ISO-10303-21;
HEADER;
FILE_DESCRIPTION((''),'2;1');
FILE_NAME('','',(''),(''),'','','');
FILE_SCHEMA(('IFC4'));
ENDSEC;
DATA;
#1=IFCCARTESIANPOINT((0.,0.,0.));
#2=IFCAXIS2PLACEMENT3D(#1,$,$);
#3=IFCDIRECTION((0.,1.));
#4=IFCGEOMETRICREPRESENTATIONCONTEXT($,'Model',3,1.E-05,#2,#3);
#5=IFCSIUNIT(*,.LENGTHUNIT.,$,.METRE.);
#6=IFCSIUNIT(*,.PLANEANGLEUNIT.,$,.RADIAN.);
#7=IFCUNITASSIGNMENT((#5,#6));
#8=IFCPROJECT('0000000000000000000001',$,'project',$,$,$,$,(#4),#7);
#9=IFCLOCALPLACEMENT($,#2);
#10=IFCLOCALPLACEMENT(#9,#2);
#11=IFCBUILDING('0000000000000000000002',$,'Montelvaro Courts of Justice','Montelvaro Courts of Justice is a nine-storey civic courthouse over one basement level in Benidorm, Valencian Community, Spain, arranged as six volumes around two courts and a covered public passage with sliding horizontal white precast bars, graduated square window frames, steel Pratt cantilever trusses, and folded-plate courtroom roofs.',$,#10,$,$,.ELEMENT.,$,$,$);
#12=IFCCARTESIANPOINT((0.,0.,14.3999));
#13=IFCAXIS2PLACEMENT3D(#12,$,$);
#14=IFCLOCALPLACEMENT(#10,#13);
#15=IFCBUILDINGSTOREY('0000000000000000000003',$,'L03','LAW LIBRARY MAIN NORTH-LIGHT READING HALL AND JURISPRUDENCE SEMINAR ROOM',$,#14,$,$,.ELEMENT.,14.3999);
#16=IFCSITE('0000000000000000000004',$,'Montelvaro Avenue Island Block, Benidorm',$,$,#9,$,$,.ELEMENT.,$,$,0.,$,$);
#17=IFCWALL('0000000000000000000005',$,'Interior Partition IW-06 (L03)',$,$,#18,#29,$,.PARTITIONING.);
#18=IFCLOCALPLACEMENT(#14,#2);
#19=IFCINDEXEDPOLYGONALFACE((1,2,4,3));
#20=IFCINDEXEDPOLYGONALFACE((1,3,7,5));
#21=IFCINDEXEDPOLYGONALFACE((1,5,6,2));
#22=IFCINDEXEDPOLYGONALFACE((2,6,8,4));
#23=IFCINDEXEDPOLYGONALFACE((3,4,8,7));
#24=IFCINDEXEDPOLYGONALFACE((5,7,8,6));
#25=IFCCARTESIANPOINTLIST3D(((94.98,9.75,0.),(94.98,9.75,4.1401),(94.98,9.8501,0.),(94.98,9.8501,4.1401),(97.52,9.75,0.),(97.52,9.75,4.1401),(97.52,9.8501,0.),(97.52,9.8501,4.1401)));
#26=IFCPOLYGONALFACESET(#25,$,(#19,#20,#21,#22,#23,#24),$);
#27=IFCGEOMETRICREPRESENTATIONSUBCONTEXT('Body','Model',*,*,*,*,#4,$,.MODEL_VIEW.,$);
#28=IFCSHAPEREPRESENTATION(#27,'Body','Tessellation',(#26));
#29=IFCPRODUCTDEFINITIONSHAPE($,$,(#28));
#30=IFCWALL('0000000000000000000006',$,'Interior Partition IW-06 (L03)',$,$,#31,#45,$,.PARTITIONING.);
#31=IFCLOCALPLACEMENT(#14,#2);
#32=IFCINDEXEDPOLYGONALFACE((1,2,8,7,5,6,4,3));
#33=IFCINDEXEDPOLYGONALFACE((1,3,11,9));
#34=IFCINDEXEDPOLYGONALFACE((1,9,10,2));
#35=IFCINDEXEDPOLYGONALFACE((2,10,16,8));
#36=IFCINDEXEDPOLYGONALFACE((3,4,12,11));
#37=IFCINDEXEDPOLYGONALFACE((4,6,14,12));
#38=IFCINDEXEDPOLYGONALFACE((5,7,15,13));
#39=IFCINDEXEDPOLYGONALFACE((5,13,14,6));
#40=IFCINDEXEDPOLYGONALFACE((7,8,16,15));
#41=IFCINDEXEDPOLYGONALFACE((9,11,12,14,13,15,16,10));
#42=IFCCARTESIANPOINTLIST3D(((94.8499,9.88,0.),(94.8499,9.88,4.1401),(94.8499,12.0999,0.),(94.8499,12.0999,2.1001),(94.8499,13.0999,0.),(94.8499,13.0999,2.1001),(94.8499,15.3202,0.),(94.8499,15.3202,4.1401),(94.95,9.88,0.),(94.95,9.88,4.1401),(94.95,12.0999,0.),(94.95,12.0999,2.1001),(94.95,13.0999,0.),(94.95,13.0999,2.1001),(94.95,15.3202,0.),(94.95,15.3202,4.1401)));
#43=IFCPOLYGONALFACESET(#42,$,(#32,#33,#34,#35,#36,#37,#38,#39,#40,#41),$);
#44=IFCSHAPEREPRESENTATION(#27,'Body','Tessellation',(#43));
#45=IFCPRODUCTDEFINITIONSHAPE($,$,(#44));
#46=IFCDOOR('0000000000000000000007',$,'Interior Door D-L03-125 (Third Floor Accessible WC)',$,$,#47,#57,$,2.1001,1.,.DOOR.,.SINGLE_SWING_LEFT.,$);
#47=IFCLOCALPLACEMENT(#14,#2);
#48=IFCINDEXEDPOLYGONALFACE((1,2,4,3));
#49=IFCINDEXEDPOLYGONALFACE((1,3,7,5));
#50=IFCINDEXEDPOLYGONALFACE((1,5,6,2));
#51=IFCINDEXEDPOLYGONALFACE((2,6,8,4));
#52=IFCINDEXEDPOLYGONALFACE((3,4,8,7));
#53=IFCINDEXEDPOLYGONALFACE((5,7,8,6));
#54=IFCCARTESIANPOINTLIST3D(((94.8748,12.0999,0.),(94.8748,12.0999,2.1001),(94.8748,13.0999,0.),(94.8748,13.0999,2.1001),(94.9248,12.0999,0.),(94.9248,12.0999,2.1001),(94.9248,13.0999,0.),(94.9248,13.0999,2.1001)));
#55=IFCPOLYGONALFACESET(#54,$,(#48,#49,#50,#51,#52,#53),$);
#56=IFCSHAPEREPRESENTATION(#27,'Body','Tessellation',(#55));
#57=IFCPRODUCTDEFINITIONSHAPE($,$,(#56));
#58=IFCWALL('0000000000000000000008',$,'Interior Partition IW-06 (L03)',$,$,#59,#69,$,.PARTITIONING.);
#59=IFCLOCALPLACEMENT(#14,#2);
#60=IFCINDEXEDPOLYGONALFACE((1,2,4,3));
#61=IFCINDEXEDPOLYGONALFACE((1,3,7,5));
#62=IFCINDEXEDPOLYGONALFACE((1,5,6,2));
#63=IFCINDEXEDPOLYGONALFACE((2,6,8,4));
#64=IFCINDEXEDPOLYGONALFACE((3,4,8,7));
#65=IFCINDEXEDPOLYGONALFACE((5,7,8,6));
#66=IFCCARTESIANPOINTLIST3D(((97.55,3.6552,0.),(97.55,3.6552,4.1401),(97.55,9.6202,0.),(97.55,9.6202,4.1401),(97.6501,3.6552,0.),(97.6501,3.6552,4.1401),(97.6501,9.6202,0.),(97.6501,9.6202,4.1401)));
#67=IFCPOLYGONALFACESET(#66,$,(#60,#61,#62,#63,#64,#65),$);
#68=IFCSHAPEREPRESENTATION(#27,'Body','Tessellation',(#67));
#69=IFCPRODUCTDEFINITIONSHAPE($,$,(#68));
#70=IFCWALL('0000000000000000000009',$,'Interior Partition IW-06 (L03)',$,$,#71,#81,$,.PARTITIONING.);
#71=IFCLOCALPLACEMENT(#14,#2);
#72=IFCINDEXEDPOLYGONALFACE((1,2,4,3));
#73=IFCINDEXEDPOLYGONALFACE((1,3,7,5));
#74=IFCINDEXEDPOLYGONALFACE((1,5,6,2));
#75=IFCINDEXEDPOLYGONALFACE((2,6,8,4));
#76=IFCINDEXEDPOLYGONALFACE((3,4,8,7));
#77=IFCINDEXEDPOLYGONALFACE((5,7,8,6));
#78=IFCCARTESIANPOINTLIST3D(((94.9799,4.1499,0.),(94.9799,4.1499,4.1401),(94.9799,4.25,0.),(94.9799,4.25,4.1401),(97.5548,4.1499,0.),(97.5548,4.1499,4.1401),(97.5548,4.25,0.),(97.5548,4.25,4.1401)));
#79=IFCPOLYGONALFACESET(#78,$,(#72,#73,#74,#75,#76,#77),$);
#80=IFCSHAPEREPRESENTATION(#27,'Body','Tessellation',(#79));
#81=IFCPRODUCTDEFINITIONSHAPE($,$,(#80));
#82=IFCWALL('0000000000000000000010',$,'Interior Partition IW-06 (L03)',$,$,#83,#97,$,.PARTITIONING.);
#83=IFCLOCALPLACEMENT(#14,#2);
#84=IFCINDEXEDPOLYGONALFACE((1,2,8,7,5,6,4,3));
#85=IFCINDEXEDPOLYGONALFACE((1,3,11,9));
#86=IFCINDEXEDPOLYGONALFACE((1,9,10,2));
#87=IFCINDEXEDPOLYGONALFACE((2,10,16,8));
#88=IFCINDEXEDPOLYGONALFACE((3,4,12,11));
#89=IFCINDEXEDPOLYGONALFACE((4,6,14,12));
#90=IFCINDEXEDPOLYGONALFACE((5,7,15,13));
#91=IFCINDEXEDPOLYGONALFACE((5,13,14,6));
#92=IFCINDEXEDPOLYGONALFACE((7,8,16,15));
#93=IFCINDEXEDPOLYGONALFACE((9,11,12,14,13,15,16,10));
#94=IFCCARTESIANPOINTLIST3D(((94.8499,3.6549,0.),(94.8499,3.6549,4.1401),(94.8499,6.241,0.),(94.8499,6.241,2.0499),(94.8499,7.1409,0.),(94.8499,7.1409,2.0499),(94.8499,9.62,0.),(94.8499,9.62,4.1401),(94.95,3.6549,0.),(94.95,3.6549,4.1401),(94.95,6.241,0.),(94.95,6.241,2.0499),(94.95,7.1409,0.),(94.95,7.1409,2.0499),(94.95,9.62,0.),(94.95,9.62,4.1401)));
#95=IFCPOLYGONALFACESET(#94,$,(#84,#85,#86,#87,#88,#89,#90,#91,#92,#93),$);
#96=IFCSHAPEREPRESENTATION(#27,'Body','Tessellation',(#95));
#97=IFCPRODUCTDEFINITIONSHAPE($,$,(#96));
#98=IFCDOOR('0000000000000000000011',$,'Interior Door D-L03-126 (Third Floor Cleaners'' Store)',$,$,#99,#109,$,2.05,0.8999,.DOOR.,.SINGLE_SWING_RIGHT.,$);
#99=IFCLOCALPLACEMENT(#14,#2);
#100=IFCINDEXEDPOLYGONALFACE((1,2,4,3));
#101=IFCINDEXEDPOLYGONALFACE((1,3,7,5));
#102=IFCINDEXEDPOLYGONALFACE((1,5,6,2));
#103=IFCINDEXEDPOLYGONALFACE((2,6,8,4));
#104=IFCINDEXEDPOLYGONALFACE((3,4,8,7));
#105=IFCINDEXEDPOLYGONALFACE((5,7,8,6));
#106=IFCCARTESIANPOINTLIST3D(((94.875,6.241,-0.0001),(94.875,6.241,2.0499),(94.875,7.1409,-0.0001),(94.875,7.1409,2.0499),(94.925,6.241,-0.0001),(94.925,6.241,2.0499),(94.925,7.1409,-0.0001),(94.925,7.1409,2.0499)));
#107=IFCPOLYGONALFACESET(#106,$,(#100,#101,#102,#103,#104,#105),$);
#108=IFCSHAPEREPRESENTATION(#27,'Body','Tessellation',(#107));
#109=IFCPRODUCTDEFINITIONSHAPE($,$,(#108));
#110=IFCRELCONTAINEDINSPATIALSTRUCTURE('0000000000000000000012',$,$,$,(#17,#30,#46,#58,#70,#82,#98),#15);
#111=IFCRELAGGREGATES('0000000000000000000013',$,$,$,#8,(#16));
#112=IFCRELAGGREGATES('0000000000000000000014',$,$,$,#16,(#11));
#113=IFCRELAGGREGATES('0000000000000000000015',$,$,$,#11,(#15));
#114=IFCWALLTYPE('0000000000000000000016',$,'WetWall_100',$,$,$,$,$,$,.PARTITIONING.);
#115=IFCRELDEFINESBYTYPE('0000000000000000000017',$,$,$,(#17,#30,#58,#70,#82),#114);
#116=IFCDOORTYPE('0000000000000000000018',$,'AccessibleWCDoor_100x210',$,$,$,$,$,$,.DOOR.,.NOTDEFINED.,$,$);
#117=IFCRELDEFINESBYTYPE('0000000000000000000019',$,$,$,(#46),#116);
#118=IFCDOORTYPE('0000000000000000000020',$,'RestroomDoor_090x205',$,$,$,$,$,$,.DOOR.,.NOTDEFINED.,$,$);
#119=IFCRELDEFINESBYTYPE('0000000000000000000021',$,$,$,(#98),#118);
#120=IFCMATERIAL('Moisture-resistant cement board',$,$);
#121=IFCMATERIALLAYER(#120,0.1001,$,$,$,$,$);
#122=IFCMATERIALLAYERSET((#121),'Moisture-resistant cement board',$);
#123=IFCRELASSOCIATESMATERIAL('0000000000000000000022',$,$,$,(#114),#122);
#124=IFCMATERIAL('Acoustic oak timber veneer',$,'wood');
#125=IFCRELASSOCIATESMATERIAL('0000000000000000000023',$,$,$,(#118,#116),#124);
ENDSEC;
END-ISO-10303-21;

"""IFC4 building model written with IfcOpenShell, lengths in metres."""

from ifc_helpers import new_model, si_unit, direction, frame, frame_2d, origin, place, context, subcontext, project, spatial, rectangle, extrude, material, layer, layer_set, type_object, element, fill, save


model = new_model("IFC4")

# Units and contexts
model_context = context("Model", 3, precision=1e-05, world=origin(), true_north=direction((0.0, 1.0)))
body_context = subcontext(model_context, "Body", "Model", "MODEL_VIEW")
ifc_project = project(units=[si_unit("LENGTHUNIT", "METRE"), si_unit("PLANEANGLEUNIT", "RADIAN")], contexts=[model_context])

# Site, building, storey
site_placement = place(None, origin())
site = spatial("IfcSite", under=ifc_project, at=site_placement, Name="Montelvaro Avenue Island Block, Benidorm", CompositionType="ELEMENT", RefElevation=0.0)
building_placement = place(site_placement, origin())
building = spatial("IfcBuilding", under=site, at=building_placement, Name="Montelvaro Courts of Justice", Description="Montelvaro Courts of Justice is a nine-storey civic courthouse over one basement level in Benidorm, Valencian Community, Spain, arranged as six volumes around two courts and a covered public passage with sliding horizontal white precast bars, graduated square window frames, steel Pratt cantilever trusses, and folded-plate courtroom roofs.", CompositionType="ELEMENT")
storey_placement = place(building_placement, frame((0.0, 0.0, 14.3999)))
storey = spatial("IfcBuildingStorey", under=building, at=storey_placement, Name="L03", Description="LAW LIBRARY MAIN NORTH-LIGHT READING HALL AND JURISPRUDENCE SEMINAR ROOM", CompositionType="ELEMENT", Elevation=14.3999)

# Shared definitions
ifc_material_1 = material(Name="Moisture-resistant cement board")
ifc_layer_1 = layer(ifc_material_1, 0.1001)
ifc_layer_set_1 = layer_set([ifc_layer_1], Name="Moisture-resistant cement board")
wall_type = type_object("IfcWallType", Name="WetWall_100", PredefinedType="PARTITIONING", material=ifc_layer_set_1)

# Shared definitions
ifc_material_2 = material(Name="Acoustic oak timber veneer", Category="wood")
door_type_1 = type_object("IfcDoorType", Name="RestroomDoor_090x205", OperationType="NOTDEFINED", PredefinedType="DOOR", material=ifc_material_2)

# Wall
wall_1_placement = place(storey_placement, frame((97.52, 9.8, 0.0), z_axis=(0.0, 0.0, 1.0), x_axis=(-1.0, 0.0, 0.0)))
element("IfcWall", 1, at=wall_1_placement, inside=storey, type_object=wall_type, Name="Interior Partition IW-06 (L03)", PredefinedType="PARTITIONING", context=body_context, shape_type="SweptSolid", body=[
    extrude(rectangle(XDim=2.54, YDim=0.1001, at=frame_2d((1.27, 0.0))), origin(), (0.0, 0.0, 1.0), 4.1401),
])

# Wall, opening, door
wall_2_placement = place(storey_placement, frame((94.8999, 9.8799, 0.0), z_axis=(0.0, 0.0, 1.0), x_axis=(0.0, 1.0, 0.0)))
wall_2 = element("IfcWall", 2, at=wall_2_placement, inside=storey, type_object=wall_type, Name="Interior Partition IW-06 (L03)", PredefinedType="PARTITIONING", context=body_context, shape_type="SweptSolid", body=[
    extrude(rectangle(XDim=5.4402, YDim=0.1001, at=frame_2d((2.7202, 0.0))), origin(), (0.0, 0.0, 1.0), 4.1401),
])
opening_1_placement = place(wall_2_placement, frame((2.22, 0.0, 0.0)))
opening_1 = element("IfcOpeningElement", 3, at=opening_1_placement, cuts=wall_2, PredefinedType="OPENING", context=body_context, shape_type="SweptSolid", body=[
    extrude(rectangle(XDim=1.0, YDim=2.1001, at=frame_2d((0.5, 1.05))), frame((0.0, 0.0649, 0.0), z_axis=(0.0, -1.0, 0.0), x_axis=(1.0, 0.0, 0.0)), (0.0, 0.0, 1.0), 0.1299),
])
door_type_2 = type_object("IfcDoorType", Name="AccessibleWCDoor_100x210", OperationType="NOTDEFINED", PredefinedType="DOOR", material=ifc_material_2)
door_1_placement = place(opening_1_placement, frame((1.0, 0.0, 0.0), z_axis=(0.0, 0.0, 1.0), x_axis=(-1.0, 0.0, 0.0)))
door_1 = element("IfcDoor", 4, at=door_1_placement, inside=storey, type_object=door_type_2, Name="Interior Door D-L03-125 (Third Floor Accessible WC)", OperationType="SINGLE_SWING_LEFT", OverallHeight=2.1001, OverallWidth=1.0, PredefinedType="DOOR", context=body_context, shape_type="SweptSolid", body=[
    extrude(rectangle(XDim=1.0, YDim=2.1001, at=frame_2d((0.5, 1.05))), frame((0.0, 0.0249, 0.0), z_axis=(0.0, -1.0, 0.0), x_axis=(1.0, 0.0, 0.0)), (0.0, 0.0, 1.0), 0.05),
])
fill(opening_1, door_1)

# Walls
wall_3_placement = place(storey_placement, frame((97.6001, 9.6201, 0.0), z_axis=(0.0, 0.0, 1.0), x_axis=(0.0, -1.0, 0.0)))
element("IfcWall", 5, at=wall_3_placement, inside=storey, type_object=wall_type, Name="Interior Partition IW-06 (L03)", PredefinedType="PARTITIONING", context=body_context, shape_type="SweptSolid", body=[
    extrude(rectangle(XDim=5.9651, YDim=0.1001, at=frame_2d((2.9824, 0.0))), origin(), (0.0, 0.0, 1.0), 4.1401),
])
wall_4_placement = place(storey_placement, frame((97.5549, 4.2, 0.0), z_axis=(0.0, 0.0, 1.0), x_axis=(-1.0, 0.0, 0.0)))
element("IfcWall", 6, at=wall_4_placement, inside=storey, type_object=wall_type, Name="Interior Partition IW-06 (L03)", PredefinedType="PARTITIONING", context=body_context, shape_type="SweptSolid", body=[
    extrude(rectangle(XDim=2.575, YDim=0.1001, at=frame_2d((1.2876, 0.0))), origin(), (0.0, 0.0, 1.0), 4.1401),
])

# Wall, opening, door
wall_5_placement = place(storey_placement, frame((94.8999, 3.655, 0.0), z_axis=(0.0, 0.0, 1.0), x_axis=(0.0, 1.0, 0.0)))
wall_5 = element("IfcWall", 7, at=wall_5_placement, inside=storey, type_object=wall_type, Name="Interior Partition IW-06 (L03)", PredefinedType="PARTITIONING", context=body_context, shape_type="SweptSolid", body=[
    extrude(rectangle(XDim=5.9651, YDim=0.1001, at=frame_2d((2.9824, 0.0))), origin(), (0.0, 0.0, 1.0), 4.1401),
])
opening_2_placement = place(wall_5_placement, frame((2.5859, 0.0, 0.0)))
opening_2 = element("IfcOpeningElement", 8, at=opening_2_placement, cuts=wall_5, PredefinedType="OPENING", context=body_context, shape_type="SweptSolid", body=[
    extrude(rectangle(XDim=0.8999, YDim=2.05, at=frame_2d((0.45, 1.0249))), frame((0.0, 0.0649, 0.0), z_axis=(0.0, -1.0, 0.0), x_axis=(1.0, 0.0, 0.0)), (0.0, 0.0, 1.0), 0.1299),
])
door_2_placement = place(opening_2_placement, origin())
door_2 = element("IfcDoor", 9, at=door_2_placement, inside=storey, type_object=door_type_1, Name="Interior Door D-L03-126 (Third Floor Cleaners' Store)", OperationType="SINGLE_SWING_RIGHT", OverallHeight=2.05, OverallWidth=0.8999, PredefinedType="DOOR", context=body_context, shape_type="SweptSolid", body=[
    extrude(rectangle(XDim=0.8999, YDim=2.05, at=frame_2d((0.45, 1.0249))), frame((0.0, 0.0249, 0.0), z_axis=(0.0, -1.0, 0.0), x_axis=(1.0, 0.0, 0.0)), (0.0, 0.0, 1.0), 0.05),
])
fill(opening_2, door_2)

save(model, "model.ifc")
